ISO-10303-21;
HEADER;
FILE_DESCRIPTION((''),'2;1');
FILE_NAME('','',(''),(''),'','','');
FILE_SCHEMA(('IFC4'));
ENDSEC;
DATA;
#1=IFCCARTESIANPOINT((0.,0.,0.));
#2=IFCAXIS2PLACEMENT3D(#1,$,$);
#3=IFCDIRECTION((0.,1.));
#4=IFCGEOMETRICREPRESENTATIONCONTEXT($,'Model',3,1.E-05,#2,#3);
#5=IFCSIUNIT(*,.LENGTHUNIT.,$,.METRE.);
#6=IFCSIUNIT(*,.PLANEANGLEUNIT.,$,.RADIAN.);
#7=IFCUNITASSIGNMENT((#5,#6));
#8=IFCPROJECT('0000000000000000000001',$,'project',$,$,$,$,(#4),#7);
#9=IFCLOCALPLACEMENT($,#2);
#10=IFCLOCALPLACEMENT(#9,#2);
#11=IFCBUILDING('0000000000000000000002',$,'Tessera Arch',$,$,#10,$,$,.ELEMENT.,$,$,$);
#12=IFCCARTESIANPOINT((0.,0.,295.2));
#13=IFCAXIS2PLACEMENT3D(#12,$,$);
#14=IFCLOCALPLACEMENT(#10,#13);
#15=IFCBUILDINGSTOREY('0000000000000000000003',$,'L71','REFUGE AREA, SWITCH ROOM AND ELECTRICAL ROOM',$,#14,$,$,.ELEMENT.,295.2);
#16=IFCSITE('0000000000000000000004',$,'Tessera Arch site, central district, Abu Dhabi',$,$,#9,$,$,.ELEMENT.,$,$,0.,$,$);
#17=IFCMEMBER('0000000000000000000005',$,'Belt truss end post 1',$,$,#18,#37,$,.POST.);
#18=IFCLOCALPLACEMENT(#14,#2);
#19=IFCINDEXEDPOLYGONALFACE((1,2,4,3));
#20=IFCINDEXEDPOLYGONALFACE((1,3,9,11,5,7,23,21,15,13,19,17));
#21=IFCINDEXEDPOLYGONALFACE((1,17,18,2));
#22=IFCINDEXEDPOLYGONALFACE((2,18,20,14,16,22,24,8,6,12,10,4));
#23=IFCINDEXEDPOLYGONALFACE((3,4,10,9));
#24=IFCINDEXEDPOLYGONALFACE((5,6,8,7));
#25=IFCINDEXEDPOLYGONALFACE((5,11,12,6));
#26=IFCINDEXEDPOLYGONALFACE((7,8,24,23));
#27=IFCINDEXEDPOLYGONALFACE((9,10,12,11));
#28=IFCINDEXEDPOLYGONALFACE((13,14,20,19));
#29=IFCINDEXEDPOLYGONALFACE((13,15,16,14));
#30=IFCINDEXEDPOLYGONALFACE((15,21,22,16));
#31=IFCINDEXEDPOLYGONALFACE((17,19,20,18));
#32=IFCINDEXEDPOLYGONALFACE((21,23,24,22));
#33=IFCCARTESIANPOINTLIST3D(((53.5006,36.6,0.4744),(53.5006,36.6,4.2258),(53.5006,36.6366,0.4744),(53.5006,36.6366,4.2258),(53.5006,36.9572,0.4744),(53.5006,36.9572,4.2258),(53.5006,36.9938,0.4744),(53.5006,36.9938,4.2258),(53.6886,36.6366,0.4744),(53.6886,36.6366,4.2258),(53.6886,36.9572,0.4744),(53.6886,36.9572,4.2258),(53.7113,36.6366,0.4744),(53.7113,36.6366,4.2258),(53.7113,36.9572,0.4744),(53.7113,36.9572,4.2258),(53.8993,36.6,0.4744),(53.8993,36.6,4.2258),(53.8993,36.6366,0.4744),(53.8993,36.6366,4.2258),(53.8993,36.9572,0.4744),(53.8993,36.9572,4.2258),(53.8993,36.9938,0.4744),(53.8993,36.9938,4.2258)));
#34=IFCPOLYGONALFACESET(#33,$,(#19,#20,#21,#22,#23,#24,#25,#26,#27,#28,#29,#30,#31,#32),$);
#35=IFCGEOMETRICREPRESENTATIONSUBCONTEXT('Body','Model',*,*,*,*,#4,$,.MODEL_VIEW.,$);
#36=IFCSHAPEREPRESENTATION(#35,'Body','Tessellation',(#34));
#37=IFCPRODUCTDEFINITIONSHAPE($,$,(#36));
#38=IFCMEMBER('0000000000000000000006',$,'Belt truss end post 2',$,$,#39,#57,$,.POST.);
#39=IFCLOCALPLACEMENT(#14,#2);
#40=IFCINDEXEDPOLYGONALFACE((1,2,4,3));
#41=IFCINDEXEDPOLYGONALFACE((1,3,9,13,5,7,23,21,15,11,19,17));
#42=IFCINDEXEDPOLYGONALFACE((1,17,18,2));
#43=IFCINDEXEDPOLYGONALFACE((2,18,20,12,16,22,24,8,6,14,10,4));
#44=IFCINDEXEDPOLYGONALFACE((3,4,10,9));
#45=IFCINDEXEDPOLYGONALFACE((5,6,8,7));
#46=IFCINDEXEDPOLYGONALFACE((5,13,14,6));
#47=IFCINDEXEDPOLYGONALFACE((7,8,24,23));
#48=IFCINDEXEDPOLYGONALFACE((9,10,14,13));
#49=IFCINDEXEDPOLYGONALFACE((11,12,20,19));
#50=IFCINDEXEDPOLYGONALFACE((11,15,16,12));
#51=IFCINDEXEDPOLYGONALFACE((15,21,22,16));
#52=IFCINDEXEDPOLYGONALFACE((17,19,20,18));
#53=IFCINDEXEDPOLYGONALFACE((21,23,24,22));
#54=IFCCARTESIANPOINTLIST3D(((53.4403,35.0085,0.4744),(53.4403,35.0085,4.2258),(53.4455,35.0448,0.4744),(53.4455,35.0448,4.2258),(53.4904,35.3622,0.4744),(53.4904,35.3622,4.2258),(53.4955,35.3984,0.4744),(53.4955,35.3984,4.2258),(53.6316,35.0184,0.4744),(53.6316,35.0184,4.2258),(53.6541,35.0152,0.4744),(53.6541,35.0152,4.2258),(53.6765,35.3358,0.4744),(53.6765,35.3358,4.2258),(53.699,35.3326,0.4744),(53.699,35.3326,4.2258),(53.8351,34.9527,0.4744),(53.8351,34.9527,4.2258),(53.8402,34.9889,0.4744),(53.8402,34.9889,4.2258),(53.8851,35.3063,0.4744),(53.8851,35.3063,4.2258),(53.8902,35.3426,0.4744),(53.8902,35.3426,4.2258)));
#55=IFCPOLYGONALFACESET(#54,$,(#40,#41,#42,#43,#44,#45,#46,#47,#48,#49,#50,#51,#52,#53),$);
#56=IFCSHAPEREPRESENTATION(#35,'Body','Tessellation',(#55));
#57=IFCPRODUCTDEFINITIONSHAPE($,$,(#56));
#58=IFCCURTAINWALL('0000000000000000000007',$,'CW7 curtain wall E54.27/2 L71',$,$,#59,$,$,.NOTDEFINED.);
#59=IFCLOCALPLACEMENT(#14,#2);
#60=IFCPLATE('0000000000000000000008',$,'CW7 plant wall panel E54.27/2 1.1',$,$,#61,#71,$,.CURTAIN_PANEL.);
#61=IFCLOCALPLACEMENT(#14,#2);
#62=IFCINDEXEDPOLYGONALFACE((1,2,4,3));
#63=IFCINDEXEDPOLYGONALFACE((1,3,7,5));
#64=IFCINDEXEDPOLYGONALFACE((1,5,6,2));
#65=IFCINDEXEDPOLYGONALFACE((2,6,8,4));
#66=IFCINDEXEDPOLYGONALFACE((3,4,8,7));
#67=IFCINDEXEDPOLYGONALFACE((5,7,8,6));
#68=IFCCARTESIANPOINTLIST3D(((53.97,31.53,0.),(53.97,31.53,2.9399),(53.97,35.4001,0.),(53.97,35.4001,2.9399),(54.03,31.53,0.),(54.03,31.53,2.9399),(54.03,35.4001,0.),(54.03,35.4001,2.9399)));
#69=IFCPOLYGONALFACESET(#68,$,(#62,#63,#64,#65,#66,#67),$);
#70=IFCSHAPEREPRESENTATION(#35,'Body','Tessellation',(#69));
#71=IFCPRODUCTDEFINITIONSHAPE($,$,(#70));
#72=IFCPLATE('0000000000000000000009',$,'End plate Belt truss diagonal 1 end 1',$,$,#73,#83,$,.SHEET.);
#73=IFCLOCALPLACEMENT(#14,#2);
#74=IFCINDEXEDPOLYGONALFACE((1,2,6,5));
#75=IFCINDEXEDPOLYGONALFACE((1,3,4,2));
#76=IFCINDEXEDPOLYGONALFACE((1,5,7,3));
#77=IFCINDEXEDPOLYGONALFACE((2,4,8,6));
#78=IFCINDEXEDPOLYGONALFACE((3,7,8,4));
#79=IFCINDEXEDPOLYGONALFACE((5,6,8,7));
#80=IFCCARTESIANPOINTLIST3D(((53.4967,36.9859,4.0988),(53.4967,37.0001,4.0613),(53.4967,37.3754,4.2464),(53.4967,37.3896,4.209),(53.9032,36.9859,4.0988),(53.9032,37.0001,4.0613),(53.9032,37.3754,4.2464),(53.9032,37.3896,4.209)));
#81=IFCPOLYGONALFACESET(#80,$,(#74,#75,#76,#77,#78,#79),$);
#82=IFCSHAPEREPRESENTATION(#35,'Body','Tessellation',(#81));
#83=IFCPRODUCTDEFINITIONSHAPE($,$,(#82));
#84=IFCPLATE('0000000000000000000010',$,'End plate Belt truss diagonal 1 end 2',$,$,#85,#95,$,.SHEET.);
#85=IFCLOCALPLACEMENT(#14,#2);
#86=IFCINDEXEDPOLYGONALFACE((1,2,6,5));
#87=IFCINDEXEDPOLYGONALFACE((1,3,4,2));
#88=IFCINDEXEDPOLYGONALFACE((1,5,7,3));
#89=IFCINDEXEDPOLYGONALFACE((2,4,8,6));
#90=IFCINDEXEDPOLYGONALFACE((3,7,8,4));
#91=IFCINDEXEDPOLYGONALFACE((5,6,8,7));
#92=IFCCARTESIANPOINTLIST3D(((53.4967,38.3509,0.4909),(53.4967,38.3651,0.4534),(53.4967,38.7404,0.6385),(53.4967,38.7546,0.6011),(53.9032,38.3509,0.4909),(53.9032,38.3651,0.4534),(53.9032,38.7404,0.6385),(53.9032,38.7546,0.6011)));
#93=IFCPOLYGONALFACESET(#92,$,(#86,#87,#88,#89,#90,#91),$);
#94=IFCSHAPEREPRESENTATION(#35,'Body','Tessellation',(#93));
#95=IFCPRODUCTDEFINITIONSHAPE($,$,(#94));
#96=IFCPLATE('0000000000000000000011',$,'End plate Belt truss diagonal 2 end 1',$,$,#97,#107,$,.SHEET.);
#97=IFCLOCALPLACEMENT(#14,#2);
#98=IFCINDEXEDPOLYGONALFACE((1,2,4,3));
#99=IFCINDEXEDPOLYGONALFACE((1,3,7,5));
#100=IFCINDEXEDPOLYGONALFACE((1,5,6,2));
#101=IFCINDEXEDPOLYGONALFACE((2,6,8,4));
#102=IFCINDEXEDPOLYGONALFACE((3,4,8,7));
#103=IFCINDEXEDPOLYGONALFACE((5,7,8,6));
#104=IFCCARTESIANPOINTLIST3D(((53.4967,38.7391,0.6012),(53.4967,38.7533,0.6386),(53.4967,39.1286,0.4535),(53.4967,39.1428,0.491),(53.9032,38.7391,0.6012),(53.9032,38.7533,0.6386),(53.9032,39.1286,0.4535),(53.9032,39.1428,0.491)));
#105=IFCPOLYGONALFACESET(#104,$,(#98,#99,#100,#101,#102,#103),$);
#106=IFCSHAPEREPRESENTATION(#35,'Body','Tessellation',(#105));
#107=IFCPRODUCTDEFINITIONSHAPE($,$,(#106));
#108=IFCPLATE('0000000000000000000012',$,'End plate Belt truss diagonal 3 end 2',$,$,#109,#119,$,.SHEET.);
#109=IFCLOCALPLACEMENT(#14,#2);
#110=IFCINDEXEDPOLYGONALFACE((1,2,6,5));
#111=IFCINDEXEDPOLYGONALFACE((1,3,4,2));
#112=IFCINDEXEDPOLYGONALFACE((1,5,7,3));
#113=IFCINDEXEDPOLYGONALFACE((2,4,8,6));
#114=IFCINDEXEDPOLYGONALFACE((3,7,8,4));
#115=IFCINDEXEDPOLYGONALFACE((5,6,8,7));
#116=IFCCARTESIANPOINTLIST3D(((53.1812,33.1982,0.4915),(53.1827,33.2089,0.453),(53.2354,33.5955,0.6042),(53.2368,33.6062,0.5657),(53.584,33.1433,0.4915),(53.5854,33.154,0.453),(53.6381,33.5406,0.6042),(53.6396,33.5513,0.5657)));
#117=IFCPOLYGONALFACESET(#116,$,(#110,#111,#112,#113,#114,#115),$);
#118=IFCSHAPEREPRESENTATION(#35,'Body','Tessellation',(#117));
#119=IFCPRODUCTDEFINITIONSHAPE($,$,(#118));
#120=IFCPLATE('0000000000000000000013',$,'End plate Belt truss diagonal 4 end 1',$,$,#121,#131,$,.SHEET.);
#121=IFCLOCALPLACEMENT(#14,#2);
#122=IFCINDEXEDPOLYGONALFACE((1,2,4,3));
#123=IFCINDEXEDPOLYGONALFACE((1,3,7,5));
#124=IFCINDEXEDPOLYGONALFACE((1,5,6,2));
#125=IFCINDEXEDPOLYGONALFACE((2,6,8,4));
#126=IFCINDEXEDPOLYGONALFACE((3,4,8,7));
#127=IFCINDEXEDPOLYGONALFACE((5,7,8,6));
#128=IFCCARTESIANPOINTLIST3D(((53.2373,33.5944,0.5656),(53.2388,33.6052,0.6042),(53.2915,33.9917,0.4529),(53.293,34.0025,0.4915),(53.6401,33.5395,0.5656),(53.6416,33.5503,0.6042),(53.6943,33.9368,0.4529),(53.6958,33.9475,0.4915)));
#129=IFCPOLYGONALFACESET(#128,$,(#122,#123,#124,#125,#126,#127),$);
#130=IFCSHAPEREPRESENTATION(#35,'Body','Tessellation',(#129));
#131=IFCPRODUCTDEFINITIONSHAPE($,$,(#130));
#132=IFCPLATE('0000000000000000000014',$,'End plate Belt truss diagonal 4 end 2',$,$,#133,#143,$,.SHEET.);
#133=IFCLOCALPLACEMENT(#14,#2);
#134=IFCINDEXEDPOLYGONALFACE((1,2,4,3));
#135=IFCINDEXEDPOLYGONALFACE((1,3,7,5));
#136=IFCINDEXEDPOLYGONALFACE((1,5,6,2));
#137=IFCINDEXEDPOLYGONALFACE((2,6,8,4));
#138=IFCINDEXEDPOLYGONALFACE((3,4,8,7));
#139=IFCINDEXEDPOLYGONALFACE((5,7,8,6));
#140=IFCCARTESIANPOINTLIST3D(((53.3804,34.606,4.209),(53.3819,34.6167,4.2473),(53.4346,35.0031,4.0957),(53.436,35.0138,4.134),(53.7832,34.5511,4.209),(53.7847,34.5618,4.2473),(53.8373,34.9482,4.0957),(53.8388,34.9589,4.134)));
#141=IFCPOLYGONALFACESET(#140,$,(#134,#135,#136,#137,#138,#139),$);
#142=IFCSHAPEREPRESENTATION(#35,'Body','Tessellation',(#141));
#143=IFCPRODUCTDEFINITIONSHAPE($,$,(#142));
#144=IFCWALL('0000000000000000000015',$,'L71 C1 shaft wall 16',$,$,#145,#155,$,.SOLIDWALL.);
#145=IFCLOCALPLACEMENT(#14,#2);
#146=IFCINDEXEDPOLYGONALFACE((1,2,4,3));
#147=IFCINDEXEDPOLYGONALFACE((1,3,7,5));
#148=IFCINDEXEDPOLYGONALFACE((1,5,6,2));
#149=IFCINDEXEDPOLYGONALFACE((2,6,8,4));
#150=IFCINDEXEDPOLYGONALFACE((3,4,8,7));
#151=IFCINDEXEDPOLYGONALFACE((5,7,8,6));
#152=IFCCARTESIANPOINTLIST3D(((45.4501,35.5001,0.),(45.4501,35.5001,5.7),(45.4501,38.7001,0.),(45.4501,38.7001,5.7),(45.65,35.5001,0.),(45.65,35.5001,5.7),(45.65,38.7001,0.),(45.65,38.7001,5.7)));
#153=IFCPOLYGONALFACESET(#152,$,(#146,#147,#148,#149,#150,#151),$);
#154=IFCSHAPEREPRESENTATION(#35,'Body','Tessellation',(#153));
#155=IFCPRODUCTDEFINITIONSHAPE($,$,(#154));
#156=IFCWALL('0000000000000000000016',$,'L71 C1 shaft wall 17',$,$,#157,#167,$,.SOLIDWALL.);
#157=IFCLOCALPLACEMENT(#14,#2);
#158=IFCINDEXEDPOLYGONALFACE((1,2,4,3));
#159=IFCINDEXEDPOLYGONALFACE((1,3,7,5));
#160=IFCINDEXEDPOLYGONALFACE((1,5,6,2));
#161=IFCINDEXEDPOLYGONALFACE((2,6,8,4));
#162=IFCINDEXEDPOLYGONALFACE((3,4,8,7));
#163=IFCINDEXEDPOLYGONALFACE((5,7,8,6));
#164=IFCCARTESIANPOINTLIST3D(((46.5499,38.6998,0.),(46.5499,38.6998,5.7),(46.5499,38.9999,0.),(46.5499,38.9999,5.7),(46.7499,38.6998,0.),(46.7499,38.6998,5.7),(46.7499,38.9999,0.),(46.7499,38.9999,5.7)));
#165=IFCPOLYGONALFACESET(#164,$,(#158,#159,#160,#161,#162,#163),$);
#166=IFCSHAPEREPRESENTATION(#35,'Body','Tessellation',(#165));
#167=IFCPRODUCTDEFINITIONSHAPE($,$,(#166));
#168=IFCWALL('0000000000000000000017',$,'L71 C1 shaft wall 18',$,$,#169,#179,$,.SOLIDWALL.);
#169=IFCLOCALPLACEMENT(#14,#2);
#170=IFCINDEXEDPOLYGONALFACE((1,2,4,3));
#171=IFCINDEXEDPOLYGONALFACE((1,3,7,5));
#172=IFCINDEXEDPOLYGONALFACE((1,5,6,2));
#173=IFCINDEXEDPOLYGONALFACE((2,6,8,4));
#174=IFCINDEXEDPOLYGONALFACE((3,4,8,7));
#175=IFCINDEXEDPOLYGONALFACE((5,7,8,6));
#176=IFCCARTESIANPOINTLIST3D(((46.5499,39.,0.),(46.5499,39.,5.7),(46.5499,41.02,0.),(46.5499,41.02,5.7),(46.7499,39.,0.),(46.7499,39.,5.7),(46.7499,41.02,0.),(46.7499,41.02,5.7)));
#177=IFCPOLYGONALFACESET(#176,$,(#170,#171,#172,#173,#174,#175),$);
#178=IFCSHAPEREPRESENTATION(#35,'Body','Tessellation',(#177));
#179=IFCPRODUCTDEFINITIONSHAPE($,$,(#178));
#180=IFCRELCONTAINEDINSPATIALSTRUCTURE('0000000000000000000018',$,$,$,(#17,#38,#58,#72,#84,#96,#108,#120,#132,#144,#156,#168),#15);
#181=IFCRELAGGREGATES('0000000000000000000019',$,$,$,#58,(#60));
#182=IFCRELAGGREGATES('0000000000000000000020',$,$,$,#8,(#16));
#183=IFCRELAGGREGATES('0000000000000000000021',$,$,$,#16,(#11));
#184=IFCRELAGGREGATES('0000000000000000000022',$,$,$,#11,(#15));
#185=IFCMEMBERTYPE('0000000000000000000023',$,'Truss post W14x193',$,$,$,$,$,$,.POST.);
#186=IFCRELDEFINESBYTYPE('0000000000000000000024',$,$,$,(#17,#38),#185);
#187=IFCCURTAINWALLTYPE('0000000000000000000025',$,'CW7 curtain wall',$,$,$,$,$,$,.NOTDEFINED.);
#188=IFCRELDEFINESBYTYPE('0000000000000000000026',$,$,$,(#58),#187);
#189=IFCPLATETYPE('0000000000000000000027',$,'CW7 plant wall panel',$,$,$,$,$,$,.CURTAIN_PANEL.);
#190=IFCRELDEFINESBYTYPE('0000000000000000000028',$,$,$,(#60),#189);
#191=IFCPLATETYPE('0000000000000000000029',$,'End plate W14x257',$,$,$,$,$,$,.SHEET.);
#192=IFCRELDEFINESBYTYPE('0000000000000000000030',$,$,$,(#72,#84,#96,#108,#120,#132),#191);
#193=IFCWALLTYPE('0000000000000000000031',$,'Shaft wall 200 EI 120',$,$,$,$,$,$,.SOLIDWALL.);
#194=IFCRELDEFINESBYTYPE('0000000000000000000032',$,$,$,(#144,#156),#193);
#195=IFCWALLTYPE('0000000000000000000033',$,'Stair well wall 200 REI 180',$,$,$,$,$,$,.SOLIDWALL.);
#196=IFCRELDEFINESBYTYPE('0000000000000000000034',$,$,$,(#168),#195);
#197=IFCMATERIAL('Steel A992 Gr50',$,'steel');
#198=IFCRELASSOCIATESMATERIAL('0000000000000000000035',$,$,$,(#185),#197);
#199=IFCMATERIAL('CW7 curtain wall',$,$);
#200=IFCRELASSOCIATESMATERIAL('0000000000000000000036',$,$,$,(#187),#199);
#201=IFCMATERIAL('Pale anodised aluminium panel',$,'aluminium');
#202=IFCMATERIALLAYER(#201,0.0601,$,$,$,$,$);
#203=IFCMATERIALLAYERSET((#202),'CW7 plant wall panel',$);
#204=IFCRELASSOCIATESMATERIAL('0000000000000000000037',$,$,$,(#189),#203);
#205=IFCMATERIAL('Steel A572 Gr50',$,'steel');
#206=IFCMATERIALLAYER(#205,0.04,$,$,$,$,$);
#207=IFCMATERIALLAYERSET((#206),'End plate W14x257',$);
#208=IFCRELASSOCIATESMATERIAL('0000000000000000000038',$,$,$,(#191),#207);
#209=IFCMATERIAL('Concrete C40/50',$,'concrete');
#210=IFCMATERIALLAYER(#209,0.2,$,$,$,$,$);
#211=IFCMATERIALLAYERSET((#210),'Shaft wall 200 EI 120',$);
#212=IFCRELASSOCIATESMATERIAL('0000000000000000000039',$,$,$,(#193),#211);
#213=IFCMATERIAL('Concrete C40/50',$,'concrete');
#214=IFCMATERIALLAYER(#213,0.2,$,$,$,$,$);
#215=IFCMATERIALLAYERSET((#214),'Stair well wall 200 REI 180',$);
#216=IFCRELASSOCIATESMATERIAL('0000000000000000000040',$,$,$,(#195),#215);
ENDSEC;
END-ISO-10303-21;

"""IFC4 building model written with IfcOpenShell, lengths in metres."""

from ifc_helpers import new_model, si_unit, direction, frame, frame_2d, origin, origin_2d, place, context, subcontext, project, spatial, rectangle, i_section, extrude, material, layer, layer_set, material_profile, profile_set, type_object, element, aggregate, save


model = new_model("IFC4")

# Units and contexts
model_context = context("Model", 3, precision=1e-05, world=origin(), true_north=direction((0.0, 1.0)))
body_context = subcontext(model_context, "Body", "Model", "MODEL_VIEW")
ifc_project = project(units=[si_unit("LENGTHUNIT", "METRE"), si_unit("PLANEANGLEUNIT", "RADIAN")], contexts=[model_context])

# Site, building, storey
site_placement = place(None, origin())
site = spatial("IfcSite", under=ifc_project, at=site_placement, Name="Tessera Arch site, central district, Abu Dhabi", CompositionType="ELEMENT", RefElevation=0.0)
building_placement = place(site_placement, origin())
building = spatial("IfcBuilding", under=site, at=building_placement, Name="Tessera Arch", CompositionType="ELEMENT")
storey_placement = place(building_placement, frame((0.0, 0.0, 295.2)))
storey = spatial("IfcBuildingStorey", under=building, at=storey_placement, Name="L71", Description="REFUGE AREA, SWITCH ROOM AND ELECTRICAL ROOM", CompositionType="ELEMENT", Elevation=295.2)

# Members
ifc_material_1 = material(Name="Steel A992 Gr50", Category="steel")
ifc_material_profile_1 = material_profile(ifc_material_1, i_section(OverallWidth=0.3987, OverallDepth=0.3938, WebThickness=0.0227, FlangeThickness=0.0366, at=origin_2d()), Name="W14x193")
ifc_profile_set_1 = profile_set([ifc_material_profile_1], Name="Steel A992 Gr50")
member_type_1 = type_object("IfcMemberType", Name="Truss post W14x193", PredefinedType="POST", material=ifc_profile_set_1)
for number, where, z_axis, x_axis, name in (
    (1, (53.7, 36.7969, 0.4744), (0.0, 0.0, 1.0), (1.0, 0.0, 0.0), "Belt truss end post 1"),
    (2, (53.6653, 35.1755, 0.4744), (0.0, 0.0, 1.0), (-0.990139, 0.140089, 0.0), "Belt truss end post 2"),
):
    element("IfcMember", number, at=place(storey_placement, frame(where, z_axis=z_axis, x_axis=x_axis)), inside=storey, type_object=member_type_1, Name=name, PredefinedType="POST", context=body_context, shape_type="SweptSolid", body=[
        extrude(i_section(OverallWidth=0.3987, OverallDepth=0.3938, WebThickness=0.0227, FlangeThickness=0.0366, at=origin_2d()), origin(), (0.0, 0.0, 1.0), 3.7515),
    ])

# Curtain wall, plate
ifc_material_2 = material(Name="CW7 curtain wall")
curtain_wall_type = type_object("IfcCurtainWallType", Name="CW7 curtain wall", PredefinedType="NOTDEFINED", material=ifc_material_2)
curtain_wall_placement = place(storey_placement, origin())
curtain_wall = element("IfcCurtainWall", 3, at=curtain_wall_placement, inside=storey, type_object=curtain_wall_type, Name="CW7 curtain wall E54.27/2 L71", PredefinedType="NOTDEFINED")
ifc_material_3 = material(Name="Pale anodised aluminium panel", Category="aluminium")
ifc_layer_1 = layer(ifc_material_3, 0.0601)
ifc_layer_set_1 = layer_set([ifc_layer_1], Name="CW7 plant wall panel")
plate_type_1 = type_object("IfcPlateType", Name="CW7 plant wall panel", PredefinedType="CURTAIN_PANEL", material=ifc_layer_set_1)
plate_1_placement = place(storey_placement, frame((54.0, 33.4651, 0.0), z_axis=(0.0, 0.0, 1.0), x_axis=(0.0, 1.0, 0.0)))
plate_1 = element("IfcPlate", 4, at=plate_1_placement, type_object=plate_type_1, Name="CW7 plant wall panel E54.27/2 1.1", PredefinedType="CURTAIN_PANEL", context=body_context, shape_type="SweptSolid", body=[
    extrude(rectangle(XDim=3.8701, YDim=0.0601, at=origin_2d()), origin(), (0.0, 0.0, 1.0), 2.9399),
])
aggregate(curtain_wall, [plate_1])

# Plates
ifc_material_4 = material(Name="Steel A572 Gr50", Category="steel")
ifc_layer_2 = layer(ifc_material_4, 0.04)
ifc_layer_set_2 = layer_set([ifc_layer_2], Name="End plate W14x257")
plate_type_2 = type_object("IfcPlateType", Name="End plate W14x257", PredefinedType="SHEET", material=ifc_layer_set_2)
for number, where, z_axis, x_axis, name in (
    (5, (53.7, 37.1807, 4.1726), (0.0, 0.35447, -0.935067), (-1.0, 0.0, 0.0), "End plate Belt truss diagonal 1 end 1"),
    (6, (53.7, 38.5457, 0.5647), (0.0, 0.35447, -0.935067), (-1.0, 0.0, 0.0), "End plate Belt truss diagonal 1 end 2"),
    (7, (53.7, 38.9338, 0.5273), (0.0, 0.35447, 0.935067), (-1.0, 0.0, 0.0), "End plate Belt truss diagonal 2 end 1"),
    (8, (53.4097, 33.3694, 0.5479), (0.036558, 0.268093, -0.962699), (-0.99083, 0.135113, 0.0), "End plate Belt truss diagonal 3 end 2"),
    (9, (53.4658, 33.7656, 0.5093), (0.036558, 0.268093, 0.962699), (-0.99083, 0.135113, 0.0), "End plate Belt truss diagonal 4 end 1"),
):
    element("IfcPlate", number, at=place(storey_placement, frame(where, z_axis=z_axis, x_axis=x_axis)), inside=storey, type_object=plate_type_2, Name=name, PredefinedType="SHEET", context=body_context, shape_type="SweptSolid", body=[
        extrude(rectangle(XDim=0.4065, YDim=0.4165, at=origin_2d()), origin(), (0.0, 0.0, 1.0), 0.04),
    ])
plate_2_placement = place(storey_placement, frame((53.6089, 34.7771, 4.1523), z_axis=(0.036774, 0.269675, 0.962249), x_axis=(-0.99083, 0.135113, 0.0)))
element("IfcPlate", 10, at=plate_2_placement, inside=storey, type_object=plate_type_2, Name="End plate Belt truss diagonal 4 end 2", PredefinedType="SHEET", context=body_context, shape_type="SweptSolid", body=[
    extrude(rectangle(XDim=0.4065, YDim=0.4165, at=origin_2d()), origin(), (0.0, 0.0, 1.0), 0.0398),
])

# Walls
ifc_material_5 = material(Name="Concrete C40/50", Category="concrete")
ifc_layer_3 = layer(ifc_material_5, 0.2)
ifc_layer_set_3 = layer_set([ifc_layer_3], Name="Shaft wall 200 EI 120")
wall_type_1 = type_object("IfcWallType", Name="Shaft wall 200 EI 120", PredefinedType="SOLIDWALL", material=ifc_layer_set_3)
wall_1_placement = place(storey_placement, frame((45.55, 35.5, 0.0), z_axis=(0.0, 0.0, 1.0), x_axis=(0.0, 1.0, 0.0)))
element("IfcWall", 11, at=wall_1_placement, inside=storey, type_object=wall_type_1, Name="L71 C1 shaft wall 16", PredefinedType="SOLIDWALL", context=body_context, shape_type="SweptSolid", body=[
    extrude(rectangle(XDim=3.2, YDim=0.2, at=frame_2d((1.6001, 0.0))), origin(), (0.0, 0.0, 1.0), 5.7),
])
wall_2_placement = place(storey_placement, frame((46.6499, 38.7, 0.0), z_axis=(0.0, 0.0, 1.0), x_axis=(0.0, 1.0, 0.0)))
element("IfcWall", 12, at=wall_2_placement, inside=storey, type_object=wall_type_1, Name="L71 C1 shaft wall 17", PredefinedType="SOLIDWALL", context=body_context, shape_type="SweptSolid", body=[
    extrude(rectangle(XDim=0.3, YDim=0.2, at=frame_2d((0.1499, 0.0))), origin(), (0.0, 0.0, 1.0), 5.7),
])
ifc_material_6 = material(Name="Concrete C40/50", Category="concrete")
ifc_layer_4 = layer(ifc_material_6, 0.2)
ifc_layer_set_4 = layer_set([ifc_layer_4], Name="Stair well wall 200 REI 180")
wall_type_2 = type_object("IfcWallType", Name="Stair well wall 200 REI 180", PredefinedType="SOLIDWALL", material=ifc_layer_set_4)
wall_3_placement = place(storey_placement, frame((46.6499, 39.0, 0.0), z_axis=(0.0, 0.0, 1.0), x_axis=(0.0, 1.0, 0.0)))
element("IfcWall", 13, at=wall_3_placement, inside=storey, type_object=wall_type_2, Name="L71 C1 shaft wall 18", PredefinedType="SOLIDWALL", context=body_context, shape_type="SweptSolid", body=[
    extrude(rectangle(XDim=2.02, YDim=0.2, at=frame_2d((1.01, 0.0))), origin(), (0.0, 0.0, 1.0), 5.7),
])

save(model, "model.ifc")
